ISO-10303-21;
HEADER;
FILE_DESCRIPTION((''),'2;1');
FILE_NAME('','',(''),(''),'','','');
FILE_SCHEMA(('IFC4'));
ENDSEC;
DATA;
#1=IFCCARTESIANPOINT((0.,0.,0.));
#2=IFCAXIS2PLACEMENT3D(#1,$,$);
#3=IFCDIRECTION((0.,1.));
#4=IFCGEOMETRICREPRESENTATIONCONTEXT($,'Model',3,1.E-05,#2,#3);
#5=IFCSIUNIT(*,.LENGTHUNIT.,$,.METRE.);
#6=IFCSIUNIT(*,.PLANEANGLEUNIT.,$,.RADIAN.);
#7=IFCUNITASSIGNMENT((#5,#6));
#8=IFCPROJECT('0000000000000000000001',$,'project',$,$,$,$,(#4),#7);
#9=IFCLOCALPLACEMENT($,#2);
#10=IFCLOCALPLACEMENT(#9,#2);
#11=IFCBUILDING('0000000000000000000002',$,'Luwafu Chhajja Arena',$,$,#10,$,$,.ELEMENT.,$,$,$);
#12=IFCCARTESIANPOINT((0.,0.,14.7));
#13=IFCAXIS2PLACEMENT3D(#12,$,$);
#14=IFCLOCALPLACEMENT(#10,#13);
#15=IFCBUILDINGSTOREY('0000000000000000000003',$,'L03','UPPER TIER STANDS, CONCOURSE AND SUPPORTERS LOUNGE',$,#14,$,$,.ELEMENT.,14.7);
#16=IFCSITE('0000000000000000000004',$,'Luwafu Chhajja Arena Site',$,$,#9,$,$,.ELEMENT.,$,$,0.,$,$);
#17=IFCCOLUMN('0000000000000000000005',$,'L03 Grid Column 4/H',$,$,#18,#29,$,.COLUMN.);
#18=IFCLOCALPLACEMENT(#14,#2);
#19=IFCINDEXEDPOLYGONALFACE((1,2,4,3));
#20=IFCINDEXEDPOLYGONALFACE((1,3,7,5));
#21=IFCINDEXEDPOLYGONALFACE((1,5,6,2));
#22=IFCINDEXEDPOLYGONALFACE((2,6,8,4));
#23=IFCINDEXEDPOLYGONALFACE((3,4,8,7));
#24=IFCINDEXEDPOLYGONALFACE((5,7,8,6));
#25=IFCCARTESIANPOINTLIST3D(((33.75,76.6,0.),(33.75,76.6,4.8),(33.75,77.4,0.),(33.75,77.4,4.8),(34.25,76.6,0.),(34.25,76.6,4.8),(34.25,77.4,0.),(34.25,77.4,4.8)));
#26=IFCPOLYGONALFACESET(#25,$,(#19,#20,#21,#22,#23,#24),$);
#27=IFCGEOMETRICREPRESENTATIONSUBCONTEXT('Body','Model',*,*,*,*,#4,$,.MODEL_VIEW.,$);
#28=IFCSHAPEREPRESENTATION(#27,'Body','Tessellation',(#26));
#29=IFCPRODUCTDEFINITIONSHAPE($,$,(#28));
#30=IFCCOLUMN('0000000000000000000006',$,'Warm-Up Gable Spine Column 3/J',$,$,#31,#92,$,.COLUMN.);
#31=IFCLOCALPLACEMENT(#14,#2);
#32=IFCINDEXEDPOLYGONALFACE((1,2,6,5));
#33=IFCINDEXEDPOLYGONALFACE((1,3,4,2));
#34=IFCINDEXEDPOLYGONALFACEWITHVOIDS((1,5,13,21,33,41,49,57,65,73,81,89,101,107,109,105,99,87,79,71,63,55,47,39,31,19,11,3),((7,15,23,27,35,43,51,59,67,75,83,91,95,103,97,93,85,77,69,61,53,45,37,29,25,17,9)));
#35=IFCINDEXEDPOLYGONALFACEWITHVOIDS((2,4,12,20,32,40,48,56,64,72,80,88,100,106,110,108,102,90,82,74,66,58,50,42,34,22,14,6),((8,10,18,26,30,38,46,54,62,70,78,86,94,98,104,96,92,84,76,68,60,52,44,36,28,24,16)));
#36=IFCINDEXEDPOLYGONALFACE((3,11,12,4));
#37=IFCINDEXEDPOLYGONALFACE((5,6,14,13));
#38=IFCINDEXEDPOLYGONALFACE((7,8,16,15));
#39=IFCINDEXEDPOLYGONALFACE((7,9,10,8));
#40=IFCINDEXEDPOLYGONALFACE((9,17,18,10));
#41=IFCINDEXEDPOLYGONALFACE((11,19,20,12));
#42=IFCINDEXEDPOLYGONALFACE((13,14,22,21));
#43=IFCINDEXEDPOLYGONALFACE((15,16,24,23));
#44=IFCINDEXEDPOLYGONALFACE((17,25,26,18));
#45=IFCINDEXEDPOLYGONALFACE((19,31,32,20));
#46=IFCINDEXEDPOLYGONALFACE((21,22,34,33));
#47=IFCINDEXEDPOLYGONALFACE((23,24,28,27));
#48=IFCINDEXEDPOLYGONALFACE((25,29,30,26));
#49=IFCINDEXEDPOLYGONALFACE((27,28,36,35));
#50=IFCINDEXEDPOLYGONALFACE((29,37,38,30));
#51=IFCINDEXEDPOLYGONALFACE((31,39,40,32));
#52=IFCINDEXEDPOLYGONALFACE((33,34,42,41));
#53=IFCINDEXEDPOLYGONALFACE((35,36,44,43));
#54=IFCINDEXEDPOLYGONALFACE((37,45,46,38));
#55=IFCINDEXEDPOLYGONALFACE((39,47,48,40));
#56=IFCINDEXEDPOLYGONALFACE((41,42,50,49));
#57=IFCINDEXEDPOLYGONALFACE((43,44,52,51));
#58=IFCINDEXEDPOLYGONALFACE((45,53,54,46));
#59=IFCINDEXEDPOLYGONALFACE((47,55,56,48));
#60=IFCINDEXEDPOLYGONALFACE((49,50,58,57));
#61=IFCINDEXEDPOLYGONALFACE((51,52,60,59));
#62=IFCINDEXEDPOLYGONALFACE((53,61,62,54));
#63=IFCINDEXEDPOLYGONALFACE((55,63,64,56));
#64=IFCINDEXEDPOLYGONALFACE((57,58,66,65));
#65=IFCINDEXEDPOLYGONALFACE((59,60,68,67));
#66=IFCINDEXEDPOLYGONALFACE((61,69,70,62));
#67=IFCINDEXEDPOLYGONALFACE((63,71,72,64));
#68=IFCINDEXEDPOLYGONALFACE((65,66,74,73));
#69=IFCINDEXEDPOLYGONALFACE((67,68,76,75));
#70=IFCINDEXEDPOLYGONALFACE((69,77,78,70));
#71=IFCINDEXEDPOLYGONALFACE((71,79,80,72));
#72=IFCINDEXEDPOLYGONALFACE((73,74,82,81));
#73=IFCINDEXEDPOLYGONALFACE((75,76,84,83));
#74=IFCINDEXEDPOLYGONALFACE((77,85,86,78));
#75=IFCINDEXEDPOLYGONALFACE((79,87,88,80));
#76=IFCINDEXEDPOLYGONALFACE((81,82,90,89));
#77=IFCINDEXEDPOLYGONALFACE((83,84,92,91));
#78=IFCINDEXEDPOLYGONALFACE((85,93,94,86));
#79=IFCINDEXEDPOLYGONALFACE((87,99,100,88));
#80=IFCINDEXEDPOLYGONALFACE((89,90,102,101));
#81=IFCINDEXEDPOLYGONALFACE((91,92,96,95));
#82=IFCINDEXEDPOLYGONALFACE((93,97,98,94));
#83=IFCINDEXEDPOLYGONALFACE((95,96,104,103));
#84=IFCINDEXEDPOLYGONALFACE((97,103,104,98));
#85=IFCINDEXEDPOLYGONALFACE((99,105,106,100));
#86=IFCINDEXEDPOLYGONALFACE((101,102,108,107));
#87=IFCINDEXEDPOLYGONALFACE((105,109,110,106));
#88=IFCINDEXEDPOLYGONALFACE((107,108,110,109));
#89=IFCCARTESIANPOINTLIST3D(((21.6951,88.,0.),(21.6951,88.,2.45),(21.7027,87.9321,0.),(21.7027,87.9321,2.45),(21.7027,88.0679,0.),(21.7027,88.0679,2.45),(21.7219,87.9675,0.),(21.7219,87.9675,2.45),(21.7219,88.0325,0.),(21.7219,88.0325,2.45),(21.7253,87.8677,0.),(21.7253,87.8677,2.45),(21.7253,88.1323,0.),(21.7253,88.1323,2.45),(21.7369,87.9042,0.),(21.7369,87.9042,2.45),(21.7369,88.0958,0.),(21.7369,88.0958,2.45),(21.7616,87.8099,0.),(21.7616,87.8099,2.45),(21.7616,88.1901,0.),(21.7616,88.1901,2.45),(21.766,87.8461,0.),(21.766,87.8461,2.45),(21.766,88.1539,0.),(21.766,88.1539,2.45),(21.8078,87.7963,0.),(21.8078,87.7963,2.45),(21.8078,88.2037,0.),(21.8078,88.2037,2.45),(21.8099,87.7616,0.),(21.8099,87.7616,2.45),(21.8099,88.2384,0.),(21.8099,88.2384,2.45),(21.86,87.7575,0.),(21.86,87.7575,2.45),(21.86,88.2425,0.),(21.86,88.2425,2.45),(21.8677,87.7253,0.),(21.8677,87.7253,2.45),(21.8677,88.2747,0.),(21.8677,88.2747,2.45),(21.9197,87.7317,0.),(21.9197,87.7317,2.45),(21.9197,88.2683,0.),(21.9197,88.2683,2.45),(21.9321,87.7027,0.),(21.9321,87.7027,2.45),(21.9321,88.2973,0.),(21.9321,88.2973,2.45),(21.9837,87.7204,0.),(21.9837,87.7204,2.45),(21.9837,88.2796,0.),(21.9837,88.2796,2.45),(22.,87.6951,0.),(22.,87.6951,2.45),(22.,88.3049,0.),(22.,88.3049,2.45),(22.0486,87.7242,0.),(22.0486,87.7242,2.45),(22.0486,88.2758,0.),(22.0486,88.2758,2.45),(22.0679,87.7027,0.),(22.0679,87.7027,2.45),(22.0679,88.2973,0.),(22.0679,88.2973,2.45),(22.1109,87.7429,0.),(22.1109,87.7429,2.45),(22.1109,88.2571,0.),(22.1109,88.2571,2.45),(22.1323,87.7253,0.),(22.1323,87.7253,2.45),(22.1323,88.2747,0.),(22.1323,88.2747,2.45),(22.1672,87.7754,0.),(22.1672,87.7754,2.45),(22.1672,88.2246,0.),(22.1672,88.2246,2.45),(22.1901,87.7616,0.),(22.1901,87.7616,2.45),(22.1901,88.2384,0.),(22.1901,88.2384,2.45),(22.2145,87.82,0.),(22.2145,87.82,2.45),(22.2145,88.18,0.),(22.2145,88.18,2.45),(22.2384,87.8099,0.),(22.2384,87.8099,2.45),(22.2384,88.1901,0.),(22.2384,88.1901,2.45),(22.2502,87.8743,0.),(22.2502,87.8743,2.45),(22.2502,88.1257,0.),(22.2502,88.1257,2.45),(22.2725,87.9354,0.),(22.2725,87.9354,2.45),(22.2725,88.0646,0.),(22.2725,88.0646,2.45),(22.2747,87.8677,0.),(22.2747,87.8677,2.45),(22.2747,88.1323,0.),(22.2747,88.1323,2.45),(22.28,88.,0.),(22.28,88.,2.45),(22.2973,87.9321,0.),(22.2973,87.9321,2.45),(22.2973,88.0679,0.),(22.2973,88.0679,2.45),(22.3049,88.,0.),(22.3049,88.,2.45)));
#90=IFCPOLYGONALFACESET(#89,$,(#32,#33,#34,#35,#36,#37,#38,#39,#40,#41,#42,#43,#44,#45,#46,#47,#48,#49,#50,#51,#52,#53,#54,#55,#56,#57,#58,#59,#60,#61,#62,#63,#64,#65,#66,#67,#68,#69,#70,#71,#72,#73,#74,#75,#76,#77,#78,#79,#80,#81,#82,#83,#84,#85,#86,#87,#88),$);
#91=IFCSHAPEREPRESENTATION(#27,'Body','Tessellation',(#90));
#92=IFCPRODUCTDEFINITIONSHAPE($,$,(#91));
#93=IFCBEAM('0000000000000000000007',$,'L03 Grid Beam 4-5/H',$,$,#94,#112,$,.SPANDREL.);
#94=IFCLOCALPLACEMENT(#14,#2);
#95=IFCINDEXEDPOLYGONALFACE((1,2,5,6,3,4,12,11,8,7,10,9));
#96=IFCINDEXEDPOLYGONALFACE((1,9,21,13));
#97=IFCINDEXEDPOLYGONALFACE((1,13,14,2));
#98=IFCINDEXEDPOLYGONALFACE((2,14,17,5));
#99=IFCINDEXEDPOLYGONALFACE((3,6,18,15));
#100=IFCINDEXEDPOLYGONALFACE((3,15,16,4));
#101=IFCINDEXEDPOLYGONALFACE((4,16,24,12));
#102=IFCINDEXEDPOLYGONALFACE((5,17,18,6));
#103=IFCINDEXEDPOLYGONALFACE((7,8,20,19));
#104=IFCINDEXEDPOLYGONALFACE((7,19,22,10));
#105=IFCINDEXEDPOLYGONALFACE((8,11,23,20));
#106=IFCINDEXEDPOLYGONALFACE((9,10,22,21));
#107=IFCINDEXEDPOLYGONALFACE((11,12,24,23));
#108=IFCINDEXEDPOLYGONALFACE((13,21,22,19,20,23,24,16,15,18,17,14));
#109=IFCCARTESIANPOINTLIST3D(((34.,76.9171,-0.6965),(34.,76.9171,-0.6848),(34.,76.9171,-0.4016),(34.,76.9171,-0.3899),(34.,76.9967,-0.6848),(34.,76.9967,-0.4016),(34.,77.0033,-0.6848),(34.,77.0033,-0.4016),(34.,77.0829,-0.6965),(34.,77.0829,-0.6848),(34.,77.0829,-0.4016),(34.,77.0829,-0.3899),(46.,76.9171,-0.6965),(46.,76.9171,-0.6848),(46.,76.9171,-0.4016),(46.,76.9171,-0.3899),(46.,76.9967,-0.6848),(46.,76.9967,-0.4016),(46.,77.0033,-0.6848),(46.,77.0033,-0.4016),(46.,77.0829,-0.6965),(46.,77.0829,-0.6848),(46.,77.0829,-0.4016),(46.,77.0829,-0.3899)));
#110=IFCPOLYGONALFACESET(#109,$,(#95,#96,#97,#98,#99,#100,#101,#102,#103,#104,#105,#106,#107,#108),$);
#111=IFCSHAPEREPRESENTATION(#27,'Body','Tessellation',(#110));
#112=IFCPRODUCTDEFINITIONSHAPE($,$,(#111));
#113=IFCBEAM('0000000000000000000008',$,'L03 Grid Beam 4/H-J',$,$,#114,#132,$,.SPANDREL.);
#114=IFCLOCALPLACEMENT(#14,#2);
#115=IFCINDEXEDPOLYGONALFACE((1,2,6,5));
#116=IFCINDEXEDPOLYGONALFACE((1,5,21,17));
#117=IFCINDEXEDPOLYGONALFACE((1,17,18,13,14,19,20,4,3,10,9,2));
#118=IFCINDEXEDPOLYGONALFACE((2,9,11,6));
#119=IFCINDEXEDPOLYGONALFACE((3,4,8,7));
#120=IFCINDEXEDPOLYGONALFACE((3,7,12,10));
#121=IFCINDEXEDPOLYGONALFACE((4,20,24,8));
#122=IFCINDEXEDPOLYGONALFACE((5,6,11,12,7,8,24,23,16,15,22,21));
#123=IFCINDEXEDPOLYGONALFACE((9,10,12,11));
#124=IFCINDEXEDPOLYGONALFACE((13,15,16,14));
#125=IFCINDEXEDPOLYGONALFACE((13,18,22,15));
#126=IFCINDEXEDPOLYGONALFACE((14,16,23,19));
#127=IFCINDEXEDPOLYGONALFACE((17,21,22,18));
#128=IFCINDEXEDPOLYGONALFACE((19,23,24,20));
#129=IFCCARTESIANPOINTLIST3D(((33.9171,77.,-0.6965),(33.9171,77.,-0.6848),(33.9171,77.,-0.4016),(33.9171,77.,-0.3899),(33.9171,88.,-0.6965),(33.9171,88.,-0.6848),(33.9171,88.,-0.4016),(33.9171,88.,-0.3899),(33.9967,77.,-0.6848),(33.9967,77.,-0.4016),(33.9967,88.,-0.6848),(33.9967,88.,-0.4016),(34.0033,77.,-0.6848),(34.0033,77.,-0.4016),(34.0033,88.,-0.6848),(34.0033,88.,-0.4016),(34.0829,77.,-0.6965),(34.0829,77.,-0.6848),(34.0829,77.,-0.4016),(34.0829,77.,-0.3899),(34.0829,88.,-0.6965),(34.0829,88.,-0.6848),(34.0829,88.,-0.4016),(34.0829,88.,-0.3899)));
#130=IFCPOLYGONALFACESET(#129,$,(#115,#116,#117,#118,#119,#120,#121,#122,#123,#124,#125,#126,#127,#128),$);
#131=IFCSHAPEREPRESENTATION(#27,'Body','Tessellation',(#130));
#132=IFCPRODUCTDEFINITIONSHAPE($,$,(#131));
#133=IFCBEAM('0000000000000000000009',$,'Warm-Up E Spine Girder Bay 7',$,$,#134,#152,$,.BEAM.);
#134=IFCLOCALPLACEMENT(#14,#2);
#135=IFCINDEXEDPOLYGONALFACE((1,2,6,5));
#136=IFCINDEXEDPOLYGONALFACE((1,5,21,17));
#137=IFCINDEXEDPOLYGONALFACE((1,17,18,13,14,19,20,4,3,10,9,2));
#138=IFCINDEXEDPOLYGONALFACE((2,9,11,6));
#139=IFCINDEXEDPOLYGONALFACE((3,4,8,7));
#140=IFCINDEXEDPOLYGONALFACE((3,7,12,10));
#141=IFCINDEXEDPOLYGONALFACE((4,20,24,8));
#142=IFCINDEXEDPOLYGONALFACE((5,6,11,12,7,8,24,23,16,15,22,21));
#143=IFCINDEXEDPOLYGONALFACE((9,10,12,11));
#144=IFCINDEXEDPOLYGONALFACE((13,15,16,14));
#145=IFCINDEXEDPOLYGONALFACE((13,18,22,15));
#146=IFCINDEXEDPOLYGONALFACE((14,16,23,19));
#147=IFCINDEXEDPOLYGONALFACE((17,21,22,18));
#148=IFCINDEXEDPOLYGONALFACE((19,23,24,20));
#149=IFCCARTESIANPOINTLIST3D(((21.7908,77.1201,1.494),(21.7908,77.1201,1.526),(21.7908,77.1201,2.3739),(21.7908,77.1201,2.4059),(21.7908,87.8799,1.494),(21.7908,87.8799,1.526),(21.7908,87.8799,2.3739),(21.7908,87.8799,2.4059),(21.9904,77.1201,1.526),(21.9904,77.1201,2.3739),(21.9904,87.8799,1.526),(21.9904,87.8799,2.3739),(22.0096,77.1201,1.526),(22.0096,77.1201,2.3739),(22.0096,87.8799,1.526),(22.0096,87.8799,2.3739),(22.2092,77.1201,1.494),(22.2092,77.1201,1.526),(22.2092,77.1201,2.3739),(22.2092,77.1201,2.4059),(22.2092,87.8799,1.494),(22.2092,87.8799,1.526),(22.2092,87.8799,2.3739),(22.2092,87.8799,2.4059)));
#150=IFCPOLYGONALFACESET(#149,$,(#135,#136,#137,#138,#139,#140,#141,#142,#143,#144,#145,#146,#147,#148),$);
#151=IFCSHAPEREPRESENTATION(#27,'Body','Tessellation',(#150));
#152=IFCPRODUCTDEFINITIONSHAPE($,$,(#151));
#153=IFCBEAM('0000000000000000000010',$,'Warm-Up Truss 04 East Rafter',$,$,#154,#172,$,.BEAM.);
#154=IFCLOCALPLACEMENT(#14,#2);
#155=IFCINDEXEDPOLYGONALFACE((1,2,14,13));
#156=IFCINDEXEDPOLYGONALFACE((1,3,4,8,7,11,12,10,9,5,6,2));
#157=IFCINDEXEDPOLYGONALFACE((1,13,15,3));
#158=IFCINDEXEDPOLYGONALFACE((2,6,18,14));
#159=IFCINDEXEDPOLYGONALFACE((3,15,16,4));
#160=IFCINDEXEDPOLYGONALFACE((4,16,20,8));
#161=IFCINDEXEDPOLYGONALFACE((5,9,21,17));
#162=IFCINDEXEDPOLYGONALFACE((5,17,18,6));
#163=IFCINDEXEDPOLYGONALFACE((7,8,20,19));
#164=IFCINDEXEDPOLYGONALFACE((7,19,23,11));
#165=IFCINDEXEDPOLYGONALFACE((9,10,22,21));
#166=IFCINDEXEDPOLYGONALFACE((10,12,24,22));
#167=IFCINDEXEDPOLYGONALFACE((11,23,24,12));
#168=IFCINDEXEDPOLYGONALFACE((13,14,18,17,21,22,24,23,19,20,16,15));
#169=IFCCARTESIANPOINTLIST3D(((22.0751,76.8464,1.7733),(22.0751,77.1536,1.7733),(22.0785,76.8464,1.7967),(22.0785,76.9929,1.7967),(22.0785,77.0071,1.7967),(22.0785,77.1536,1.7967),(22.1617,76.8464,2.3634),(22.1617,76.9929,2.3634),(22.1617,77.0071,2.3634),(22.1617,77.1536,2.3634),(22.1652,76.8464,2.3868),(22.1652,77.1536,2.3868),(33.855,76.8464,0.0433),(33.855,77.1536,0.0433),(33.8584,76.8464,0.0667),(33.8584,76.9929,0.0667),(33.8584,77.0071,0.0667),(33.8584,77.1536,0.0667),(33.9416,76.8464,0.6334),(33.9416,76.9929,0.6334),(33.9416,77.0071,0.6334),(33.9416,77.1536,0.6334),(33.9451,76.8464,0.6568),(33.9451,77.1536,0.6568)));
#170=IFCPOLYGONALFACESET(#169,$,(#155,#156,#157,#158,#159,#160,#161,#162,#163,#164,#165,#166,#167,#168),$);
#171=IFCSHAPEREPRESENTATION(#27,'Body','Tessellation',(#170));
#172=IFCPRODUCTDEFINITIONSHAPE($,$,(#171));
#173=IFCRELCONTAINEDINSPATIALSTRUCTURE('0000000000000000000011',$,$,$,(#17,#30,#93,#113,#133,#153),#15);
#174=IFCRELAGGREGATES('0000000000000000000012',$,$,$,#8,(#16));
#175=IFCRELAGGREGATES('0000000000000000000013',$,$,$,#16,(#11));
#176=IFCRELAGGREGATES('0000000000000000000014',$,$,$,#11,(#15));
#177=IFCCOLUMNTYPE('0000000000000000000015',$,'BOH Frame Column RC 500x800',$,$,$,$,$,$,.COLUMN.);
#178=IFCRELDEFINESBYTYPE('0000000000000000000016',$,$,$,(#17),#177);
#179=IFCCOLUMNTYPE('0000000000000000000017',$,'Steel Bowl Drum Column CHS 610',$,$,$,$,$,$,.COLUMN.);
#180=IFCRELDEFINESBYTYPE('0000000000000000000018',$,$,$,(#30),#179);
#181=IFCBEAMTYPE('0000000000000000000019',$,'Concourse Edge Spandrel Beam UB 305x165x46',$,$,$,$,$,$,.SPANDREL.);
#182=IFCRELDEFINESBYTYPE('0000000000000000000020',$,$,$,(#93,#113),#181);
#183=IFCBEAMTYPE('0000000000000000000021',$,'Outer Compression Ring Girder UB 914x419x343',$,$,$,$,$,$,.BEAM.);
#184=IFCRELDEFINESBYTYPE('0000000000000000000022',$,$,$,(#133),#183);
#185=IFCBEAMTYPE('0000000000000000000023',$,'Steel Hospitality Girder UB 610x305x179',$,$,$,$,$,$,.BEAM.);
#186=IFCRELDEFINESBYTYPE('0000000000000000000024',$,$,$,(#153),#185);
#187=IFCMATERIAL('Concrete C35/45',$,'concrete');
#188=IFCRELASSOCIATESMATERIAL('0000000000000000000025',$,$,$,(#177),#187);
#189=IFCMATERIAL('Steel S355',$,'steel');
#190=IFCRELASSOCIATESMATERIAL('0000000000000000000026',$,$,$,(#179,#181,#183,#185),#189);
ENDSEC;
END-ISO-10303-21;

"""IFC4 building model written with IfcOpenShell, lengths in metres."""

from ifc_helpers import new_model, si_unit, direction, frame, origin, origin_2d, place, context, subcontext, project, spatial, rectangle, hollow_circle, i_section, extrude, material, material_profile, profile_set, type_object, element, save


model = new_model("IFC4")

# Units and contexts
model_context = context("Model", 3, precision=1e-05, world=origin(), true_north=direction((0.0, 1.0)))
body_context = subcontext(model_context, "Body", "Model", "MODEL_VIEW")
ifc_project = project(units=[si_unit("LENGTHUNIT", "METRE"), si_unit("PLANEANGLEUNIT", "RADIAN")], contexts=[model_context])

# Site, building, storey
site_placement = place(None, origin())
site = spatial("IfcSite", under=ifc_project, at=site_placement, Name="Luwafu Chhajja Arena Site", CompositionType="ELEMENT", RefElevation=0.0)
building_placement = place(site_placement, origin())
building = spatial("IfcBuilding", under=site, at=building_placement, Name="Luwafu Chhajja Arena", CompositionType="ELEMENT")
storey_placement = place(building_placement, frame((0.0, 0.0, 14.7)))
storey = spatial("IfcBuildingStorey", under=building, at=storey_placement, Name="L03", Description="UPPER TIER STANDS, CONCOURSE AND SUPPORTERS LOUNGE", CompositionType="ELEMENT", Elevation=14.7)

# Columns
ifc_material_1 = material(Name="Concrete C35/45", Category="concrete")
ifc_material_profile_1 = material_profile(ifc_material_1, rectangle(XDim=0.5, YDim=0.8, at=origin_2d()), Name="RC 500x800")
ifc_profile_set_1 = profile_set([ifc_material_profile_1], Name="Concrete C35/45")
column_type_1 = type_object("IfcColumnType", Name="BOH Frame Column RC 500x800", PredefinedType="COLUMN", material=ifc_profile_set_1)
column_1_placement = place(storey_placement, frame((34.0, 77.0, 0.0), z_axis=(0.0, 0.0, 1.0), x_axis=(1.0, 0.0, 0.0)))
element("IfcColumn", 1, at=column_1_placement, inside=storey, type_object=column_type_1, Name="L03 Grid Column 4/H", PredefinedType="COLUMN", context=body_context, shape_type="SweptSolid", body=[
    extrude(rectangle(XDim=0.5, YDim=0.8, at=origin_2d()), origin(), (0.0, 0.0, 1.0), 4.8),
])
ifc_material_2 = material(Name="Steel S355", Category="steel")
ifc_material_profile_2 = material_profile(ifc_material_2, hollow_circle(Radius=0.3049, WallThickness=0.0249, at=origin_2d()), Name="CHS 610x25")
ifc_profile_set_2 = profile_set([ifc_material_profile_2], Name="Steel S355")
column_type_2 = type_object("IfcColumnType", Name="Steel Bowl Drum Column CHS 610", PredefinedType="COLUMN", material=ifc_profile_set_2)
column_2_placement = place(storey_placement, frame((22.0, 88.0, 0.0), z_axis=(0.0, 0.0, 1.0), x_axis=(1.0, 0.0, 0.0)))
element("IfcColumn", 2, at=column_2_placement, inside=storey, type_object=column_type_2, Name="Warm-Up Gable Spine Column 3/J", PredefinedType="COLUMN", context=body_context, shape_type="SweptSolid", body=[
    extrude(hollow_circle(Radius=0.3049, WallThickness=0.0249, at=origin_2d()), origin(), (0.0, 0.0, 1.0), 2.45),
])

# Beams
ifc_material_profile_3 = material_profile(ifc_material_2, i_section(OverallWidth=0.1658, OverallDepth=0.3066, WebThickness=0.0066, FlangeThickness=0.0117, at=origin_2d()), Name="UB 305x165x46")
ifc_profile_set_3 = profile_set([ifc_material_profile_3], Name="Steel S355")
beam_type_1 = type_object("IfcBeamType", Name="Concourse Edge Spandrel Beam UB 305x165x46", PredefinedType="SPANDREL", material=ifc_profile_set_3)
beam_1_placement = place(storey_placement, frame((34.0, 77.0, -0.5432), z_axis=(1.0, 0.0, 0.0), x_axis=(0.0, 1.0, 0.0)))
element("IfcBeam", 3, at=beam_1_placement, inside=storey, type_object=beam_type_1, Name="L03 Grid Beam 4-5/H", PredefinedType="SPANDREL", context=body_context, shape_type="SweptSolid", body=[
    extrude(i_section(OverallWidth=0.1658, OverallDepth=0.3066, WebThickness=0.0066, FlangeThickness=0.0117, at=origin_2d()), origin(), (0.0, 0.0, 1.0), 12.0),
])
beam_2_placement = place(storey_placement, frame((34.0, 77.0, -0.5432), z_axis=(0.0, 1.0, 0.0), x_axis=(-1.0, 0.0, 0.0)))
element("IfcBeam", 4, at=beam_2_placement, inside=storey, type_object=beam_type_1, Name="L03 Grid Beam 4/H-J", PredefinedType="SPANDREL", context=body_context, shape_type="SweptSolid", body=[
    extrude(i_section(OverallWidth=0.1658, OverallDepth=0.3066, WebThickness=0.0066, FlangeThickness=0.0117, at=origin_2d()), origin(), (0.0, 0.0, 1.0), 11.0),
])
ifc_material_profile_4 = material_profile(ifc_material_2, i_section(OverallWidth=0.4185, OverallDepth=0.9119, WebThickness=0.0193, FlangeThickness=0.032, at=origin_2d()), Name="UB 914x419x343")
ifc_profile_set_4 = profile_set([ifc_material_profile_4], Name="Steel S355")
beam_type_2 = type_object("IfcBeamType", Name="Outer Compression Ring Girder UB 914x419x343", PredefinedType="BEAM", material=ifc_profile_set_4)
beam_3_placement = place(storey_placement, frame((22.0, 77.1201, 1.95), z_axis=(0.0, 1.0, 0.0), x_axis=(-1.0, 0.0, 0.0)))
element("IfcBeam", 5, at=beam_3_placement, inside=storey, type_object=beam_type_2, Name="Warm-Up E Spine Girder Bay 7", PredefinedType="BEAM", context=body_context, shape_type="SweptSolid", body=[
    extrude(i_section(OverallWidth=0.4185, OverallDepth=0.9119, WebThickness=0.0193, FlangeThickness=0.032, at=origin_2d()), origin(), (0.0, 0.0, 1.0), 10.7598),
])
ifc_material_profile_5 = material_profile(ifc_material_2, i_section(OverallWidth=0.3071, OverallDepth=0.6201, WebThickness=0.0142, FlangeThickness=0.0237, at=origin_2d()), Name="UB 610x305x179")
ifc_profile_set_5 = profile_set([ifc_material_profile_5], Name="Steel S355")
beam_type_3 = type_object("IfcBeamType", Name="Steel Hospitality Girder UB 610x305x179", PredefinedType="BEAM", material=ifc_profile_set_5)
beam_4_placement = place(storey_placement, frame((22.1201, 77.0, 2.0801), z_axis=(0.989387, 0.0, -0.145302), x_axis=(0.0, 1.0, 0.0)))
element("IfcBeam", 6, at=beam_4_placement, inside=storey, type_object=beam_type_3, Name="Warm-Up Truss 04 East Rafter", PredefinedType="BEAM", context=body_context, shape_type="SweptSolid", body=[
    extrude(i_section(OverallWidth=0.3071, OverallDepth=0.6201, WebThickness=0.0142, FlangeThickness=0.0237, at=origin_2d()), origin(), (0.0, 0.0, 1.0), 11.9062),
])

save(model, "model.ifc")
